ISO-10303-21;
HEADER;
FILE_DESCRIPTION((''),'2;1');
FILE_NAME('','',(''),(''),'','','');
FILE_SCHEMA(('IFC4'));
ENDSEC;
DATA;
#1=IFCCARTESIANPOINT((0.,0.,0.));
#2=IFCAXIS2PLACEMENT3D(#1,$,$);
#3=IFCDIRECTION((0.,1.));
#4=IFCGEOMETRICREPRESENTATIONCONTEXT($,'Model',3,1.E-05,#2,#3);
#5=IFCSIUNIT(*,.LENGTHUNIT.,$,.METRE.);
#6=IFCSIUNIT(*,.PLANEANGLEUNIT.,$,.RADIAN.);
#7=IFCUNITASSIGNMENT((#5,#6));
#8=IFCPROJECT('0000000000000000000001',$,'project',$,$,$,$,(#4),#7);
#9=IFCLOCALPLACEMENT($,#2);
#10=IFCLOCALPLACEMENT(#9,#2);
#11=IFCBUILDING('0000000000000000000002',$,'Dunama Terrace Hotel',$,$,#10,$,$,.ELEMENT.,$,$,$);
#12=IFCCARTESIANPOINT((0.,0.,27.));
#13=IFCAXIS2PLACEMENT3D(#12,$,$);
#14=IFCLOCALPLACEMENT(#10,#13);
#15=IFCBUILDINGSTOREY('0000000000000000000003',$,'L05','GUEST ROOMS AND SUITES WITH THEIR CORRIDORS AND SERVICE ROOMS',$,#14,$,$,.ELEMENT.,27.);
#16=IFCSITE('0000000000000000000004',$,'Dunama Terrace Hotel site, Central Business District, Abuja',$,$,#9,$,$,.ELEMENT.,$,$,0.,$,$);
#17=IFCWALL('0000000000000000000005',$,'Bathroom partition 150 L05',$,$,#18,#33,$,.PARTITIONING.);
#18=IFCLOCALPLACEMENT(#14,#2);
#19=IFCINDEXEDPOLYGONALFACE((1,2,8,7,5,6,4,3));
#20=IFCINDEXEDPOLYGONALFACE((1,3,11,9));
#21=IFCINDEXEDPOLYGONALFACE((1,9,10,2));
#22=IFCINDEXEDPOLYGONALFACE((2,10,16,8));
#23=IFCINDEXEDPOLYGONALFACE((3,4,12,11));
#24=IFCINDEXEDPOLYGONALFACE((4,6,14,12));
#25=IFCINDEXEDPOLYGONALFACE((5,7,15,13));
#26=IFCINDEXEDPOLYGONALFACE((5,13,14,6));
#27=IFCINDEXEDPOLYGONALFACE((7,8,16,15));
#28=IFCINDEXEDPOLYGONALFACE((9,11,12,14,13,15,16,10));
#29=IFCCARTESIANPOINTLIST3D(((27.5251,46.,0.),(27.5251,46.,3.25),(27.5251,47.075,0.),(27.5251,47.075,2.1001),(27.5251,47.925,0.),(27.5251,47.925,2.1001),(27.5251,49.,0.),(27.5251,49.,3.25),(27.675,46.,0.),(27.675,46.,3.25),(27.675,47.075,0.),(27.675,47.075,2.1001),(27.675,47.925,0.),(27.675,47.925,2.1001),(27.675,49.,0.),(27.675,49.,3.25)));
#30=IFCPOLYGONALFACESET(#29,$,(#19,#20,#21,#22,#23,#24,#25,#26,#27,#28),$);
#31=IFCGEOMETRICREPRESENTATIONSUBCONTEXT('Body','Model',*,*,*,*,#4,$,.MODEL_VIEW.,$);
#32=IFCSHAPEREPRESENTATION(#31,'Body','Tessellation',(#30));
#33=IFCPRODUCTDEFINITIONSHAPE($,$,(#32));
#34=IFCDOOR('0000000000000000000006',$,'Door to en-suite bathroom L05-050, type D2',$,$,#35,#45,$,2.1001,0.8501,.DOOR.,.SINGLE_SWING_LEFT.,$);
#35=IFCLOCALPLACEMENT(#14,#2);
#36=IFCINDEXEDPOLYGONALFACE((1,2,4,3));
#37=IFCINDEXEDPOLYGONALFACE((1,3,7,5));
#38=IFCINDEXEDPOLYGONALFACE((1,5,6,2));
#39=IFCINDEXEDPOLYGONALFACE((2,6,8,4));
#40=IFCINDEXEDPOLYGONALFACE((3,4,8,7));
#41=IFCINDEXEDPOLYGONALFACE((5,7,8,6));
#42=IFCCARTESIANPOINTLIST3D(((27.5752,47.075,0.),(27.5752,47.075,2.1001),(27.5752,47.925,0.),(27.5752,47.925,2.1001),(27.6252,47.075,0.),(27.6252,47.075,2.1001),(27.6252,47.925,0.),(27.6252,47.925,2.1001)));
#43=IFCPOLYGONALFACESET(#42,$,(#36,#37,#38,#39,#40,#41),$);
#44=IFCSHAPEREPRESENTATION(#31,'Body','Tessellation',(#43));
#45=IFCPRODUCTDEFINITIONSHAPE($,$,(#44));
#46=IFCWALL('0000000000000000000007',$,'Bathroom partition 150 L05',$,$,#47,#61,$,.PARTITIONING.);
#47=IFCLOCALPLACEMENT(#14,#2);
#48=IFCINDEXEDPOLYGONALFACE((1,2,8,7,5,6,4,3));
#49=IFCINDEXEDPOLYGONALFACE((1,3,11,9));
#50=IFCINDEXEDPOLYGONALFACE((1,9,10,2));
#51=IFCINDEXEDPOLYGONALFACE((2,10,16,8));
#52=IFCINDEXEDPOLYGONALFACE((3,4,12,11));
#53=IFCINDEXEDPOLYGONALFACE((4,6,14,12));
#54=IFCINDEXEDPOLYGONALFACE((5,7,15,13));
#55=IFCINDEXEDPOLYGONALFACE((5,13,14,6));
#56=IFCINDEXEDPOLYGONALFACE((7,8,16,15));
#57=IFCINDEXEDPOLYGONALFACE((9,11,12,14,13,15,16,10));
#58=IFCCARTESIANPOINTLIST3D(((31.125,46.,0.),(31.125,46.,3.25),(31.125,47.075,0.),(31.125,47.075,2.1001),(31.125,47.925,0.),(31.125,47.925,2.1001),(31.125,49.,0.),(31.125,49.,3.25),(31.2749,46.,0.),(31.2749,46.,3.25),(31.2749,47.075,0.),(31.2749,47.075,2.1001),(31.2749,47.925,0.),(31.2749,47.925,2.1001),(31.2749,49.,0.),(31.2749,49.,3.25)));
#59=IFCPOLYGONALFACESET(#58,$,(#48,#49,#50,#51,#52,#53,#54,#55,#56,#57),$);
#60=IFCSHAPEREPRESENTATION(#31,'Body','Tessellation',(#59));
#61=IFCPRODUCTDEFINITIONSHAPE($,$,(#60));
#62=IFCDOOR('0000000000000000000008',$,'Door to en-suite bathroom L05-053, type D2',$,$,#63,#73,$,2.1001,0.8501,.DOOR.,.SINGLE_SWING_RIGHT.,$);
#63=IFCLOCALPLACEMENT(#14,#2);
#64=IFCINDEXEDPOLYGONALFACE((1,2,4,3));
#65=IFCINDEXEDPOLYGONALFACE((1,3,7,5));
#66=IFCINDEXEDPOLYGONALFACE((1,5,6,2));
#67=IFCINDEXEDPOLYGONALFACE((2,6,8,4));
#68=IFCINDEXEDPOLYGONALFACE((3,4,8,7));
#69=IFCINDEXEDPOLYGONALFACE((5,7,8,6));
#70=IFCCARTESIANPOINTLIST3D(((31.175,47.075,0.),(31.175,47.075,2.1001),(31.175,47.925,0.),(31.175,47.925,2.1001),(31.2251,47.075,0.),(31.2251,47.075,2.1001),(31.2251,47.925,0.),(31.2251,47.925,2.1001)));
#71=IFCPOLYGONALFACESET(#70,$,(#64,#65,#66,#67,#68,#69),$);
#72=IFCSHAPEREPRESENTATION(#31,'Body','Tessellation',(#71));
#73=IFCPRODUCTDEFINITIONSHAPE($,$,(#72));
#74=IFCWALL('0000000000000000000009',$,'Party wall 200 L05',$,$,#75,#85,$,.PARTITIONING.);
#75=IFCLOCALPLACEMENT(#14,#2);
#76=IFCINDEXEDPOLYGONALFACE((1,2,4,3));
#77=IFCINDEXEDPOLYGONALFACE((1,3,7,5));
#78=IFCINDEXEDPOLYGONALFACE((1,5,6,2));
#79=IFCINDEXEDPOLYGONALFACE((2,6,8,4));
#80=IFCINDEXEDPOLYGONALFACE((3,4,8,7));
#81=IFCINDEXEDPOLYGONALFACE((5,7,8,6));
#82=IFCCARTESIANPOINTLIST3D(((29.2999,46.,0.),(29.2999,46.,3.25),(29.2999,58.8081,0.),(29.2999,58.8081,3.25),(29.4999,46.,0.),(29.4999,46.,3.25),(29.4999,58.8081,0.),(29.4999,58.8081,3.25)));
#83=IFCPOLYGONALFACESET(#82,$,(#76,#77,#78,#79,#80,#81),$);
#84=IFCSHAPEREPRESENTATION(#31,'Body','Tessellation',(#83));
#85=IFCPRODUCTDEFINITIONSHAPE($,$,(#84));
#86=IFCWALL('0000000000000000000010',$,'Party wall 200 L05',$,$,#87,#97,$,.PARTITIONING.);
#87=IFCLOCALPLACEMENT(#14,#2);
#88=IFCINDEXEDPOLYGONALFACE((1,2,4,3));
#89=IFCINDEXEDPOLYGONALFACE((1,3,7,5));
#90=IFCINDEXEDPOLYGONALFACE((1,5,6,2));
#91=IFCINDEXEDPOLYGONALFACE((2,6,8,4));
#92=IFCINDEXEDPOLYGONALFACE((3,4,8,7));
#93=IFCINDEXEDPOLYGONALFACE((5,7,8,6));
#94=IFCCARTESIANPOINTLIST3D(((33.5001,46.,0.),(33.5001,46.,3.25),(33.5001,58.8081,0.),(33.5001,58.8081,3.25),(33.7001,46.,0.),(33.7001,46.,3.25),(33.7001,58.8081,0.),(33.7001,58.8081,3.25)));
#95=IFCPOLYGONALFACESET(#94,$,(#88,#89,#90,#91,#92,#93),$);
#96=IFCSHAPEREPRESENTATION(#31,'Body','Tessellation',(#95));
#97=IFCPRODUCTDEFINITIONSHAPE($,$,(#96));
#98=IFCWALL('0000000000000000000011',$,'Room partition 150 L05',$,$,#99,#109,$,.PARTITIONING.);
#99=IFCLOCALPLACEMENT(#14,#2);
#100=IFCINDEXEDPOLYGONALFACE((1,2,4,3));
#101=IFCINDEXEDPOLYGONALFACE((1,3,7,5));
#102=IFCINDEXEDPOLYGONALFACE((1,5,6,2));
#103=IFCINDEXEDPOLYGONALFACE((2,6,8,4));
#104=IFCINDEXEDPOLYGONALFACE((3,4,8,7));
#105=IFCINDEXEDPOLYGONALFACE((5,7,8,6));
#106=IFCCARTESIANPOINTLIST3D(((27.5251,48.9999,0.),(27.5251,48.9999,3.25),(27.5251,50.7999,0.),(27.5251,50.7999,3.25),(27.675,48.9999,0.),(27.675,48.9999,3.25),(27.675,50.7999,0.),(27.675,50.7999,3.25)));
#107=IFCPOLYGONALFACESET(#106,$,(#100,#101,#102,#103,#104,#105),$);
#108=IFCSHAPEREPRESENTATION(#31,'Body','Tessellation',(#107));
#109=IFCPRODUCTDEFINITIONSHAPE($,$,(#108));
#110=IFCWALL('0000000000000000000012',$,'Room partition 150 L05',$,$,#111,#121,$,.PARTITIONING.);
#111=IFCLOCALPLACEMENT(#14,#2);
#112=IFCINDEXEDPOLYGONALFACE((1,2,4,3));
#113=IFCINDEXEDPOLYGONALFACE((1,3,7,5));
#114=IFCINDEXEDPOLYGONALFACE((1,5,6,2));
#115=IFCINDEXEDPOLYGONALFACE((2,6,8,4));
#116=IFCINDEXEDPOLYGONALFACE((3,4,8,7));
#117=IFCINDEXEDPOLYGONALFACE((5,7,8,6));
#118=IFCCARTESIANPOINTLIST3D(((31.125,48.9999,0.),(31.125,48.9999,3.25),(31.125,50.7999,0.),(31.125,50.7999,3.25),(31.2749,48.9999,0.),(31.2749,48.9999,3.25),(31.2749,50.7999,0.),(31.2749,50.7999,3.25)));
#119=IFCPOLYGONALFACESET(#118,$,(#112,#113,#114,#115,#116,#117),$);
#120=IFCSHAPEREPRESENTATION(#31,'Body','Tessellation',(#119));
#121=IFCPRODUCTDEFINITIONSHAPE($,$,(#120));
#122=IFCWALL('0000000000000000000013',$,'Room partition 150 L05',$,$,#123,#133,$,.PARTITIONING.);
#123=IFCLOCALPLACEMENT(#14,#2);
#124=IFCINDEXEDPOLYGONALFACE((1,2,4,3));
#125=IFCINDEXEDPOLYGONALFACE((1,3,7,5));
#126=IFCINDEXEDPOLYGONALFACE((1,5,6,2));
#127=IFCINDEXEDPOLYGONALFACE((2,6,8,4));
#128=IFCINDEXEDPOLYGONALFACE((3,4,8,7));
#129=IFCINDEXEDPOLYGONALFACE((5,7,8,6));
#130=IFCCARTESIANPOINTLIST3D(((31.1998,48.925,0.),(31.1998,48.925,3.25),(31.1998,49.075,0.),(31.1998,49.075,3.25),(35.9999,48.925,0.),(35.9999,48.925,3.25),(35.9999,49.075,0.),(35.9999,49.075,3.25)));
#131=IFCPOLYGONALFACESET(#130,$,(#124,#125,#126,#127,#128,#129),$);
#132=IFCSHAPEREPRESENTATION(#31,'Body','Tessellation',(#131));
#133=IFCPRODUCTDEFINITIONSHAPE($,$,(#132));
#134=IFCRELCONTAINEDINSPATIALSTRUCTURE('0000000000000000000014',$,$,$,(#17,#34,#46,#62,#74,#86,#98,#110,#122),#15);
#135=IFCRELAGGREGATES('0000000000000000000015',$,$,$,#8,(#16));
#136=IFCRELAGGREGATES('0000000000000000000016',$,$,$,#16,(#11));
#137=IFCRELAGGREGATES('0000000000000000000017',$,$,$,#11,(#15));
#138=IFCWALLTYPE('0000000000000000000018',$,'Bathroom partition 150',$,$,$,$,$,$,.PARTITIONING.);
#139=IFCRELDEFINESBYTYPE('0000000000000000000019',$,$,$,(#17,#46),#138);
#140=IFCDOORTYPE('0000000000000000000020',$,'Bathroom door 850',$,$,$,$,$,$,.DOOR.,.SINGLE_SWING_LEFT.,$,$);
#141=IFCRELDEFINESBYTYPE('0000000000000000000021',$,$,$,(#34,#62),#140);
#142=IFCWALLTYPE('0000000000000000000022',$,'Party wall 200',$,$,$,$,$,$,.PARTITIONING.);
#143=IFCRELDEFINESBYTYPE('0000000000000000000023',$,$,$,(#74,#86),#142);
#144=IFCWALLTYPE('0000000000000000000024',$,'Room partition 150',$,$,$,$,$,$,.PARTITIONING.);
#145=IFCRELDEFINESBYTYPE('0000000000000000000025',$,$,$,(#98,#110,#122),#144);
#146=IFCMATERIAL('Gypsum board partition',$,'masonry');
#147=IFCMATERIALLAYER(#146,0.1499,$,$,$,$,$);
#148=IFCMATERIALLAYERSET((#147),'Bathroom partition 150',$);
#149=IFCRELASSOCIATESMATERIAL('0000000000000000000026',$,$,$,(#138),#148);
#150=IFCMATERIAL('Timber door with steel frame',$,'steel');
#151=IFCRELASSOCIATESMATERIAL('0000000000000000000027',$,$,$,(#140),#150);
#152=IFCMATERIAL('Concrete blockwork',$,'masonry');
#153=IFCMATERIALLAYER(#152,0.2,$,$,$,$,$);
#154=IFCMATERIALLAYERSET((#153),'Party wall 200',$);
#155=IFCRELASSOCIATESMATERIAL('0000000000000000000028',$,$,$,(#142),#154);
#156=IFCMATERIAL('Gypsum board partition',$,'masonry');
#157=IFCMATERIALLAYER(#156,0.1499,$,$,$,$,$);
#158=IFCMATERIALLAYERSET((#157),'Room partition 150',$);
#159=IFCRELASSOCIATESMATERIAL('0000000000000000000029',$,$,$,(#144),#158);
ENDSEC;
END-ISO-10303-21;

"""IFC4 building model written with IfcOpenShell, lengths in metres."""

from ifc_helpers import new_model, si_unit, direction, frame, frame_2d, origin, place, context, subcontext, project, spatial, rectangle, extrude, material, layer, layer_set, type_object, element, fill, save


model = new_model("IFC4")

# Units and contexts
model_context = context("Model", 3, precision=1e-05, world=origin(), true_north=direction((0.0, 1.0)))
body_context = subcontext(model_context, "Body", "Model", "MODEL_VIEW")
ifc_project = project(units=[si_unit("LENGTHUNIT", "METRE"), si_unit("PLANEANGLEUNIT", "RADIAN")], contexts=[model_context])

# Site, building, storey
site_placement = place(None, origin())
site = spatial("IfcSite", under=ifc_project, at=site_placement, Name="Dunama Terrace Hotel site, Central Business District, Abuja", CompositionType="ELEMENT", RefElevation=0.0)
building_placement = place(site_placement, origin())
building = spatial("IfcBuilding", under=site, at=building_placement, Name="Dunama Terrace Hotel", CompositionType="ELEMENT")
storey_placement = place(building_placement, frame((0.0, 0.0, 27.0)))
storey = spatial("IfcBuildingStorey", under=building, at=storey_placement, Name="L05", Description="GUEST ROOMS AND SUITES WITH THEIR CORRIDORS AND SERVICE ROOMS", CompositionType="ELEMENT", Elevation=27.0)

# Walls, openings, doors
ifc_material_1 = material(Name="Gypsum board partition", Category="masonry")
ifc_layer_1 = layer(ifc_material_1, 0.1499)
ifc_layer_set_1 = layer_set([ifc_layer_1], Name="Bathroom partition 150")
wall_type_1 = type_object("IfcWallType", Name="Bathroom partition 150", PredefinedType="PARTITIONING", material=ifc_layer_set_1)
wall_1_placement = place(storey_placement, frame((27.6001, 46.0, 0.0), z_axis=(0.0, 0.0, 1.0), x_axis=(0.0, 1.0, 0.0)))
wall_1 = element("IfcWall", 1, at=wall_1_placement, inside=storey, type_object=wall_type_1, Name="Bathroom partition 150 L05", PredefinedType="PARTITIONING", context=body_context, shape_type="SweptSolid", body=[
    extrude(rectangle(XDim=3.0, YDim=0.1499, at=frame_2d((1.5, 0.0))), origin(), (0.0, 0.0, 1.0), 3.25),
])
opening_1_placement = place(wall_1_placement, frame((1.075, 0.0, 0.0)))
opening_1 = element("IfcOpeningElement", 2, at=opening_1_placement, cuts=wall_1, PredefinedType="OPENING", context=body_context, shape_type="SweptSolid", body=[
    extrude(rectangle(XDim=0.8501, YDim=2.1001, at=frame_2d((0.425, 1.05))), frame((0.0, 0.085, 0.0), z_axis=(0.0, -1.0, 0.0), x_axis=(1.0, 0.0, 0.0)), (0.0, 0.0, 1.0), 0.1699),
])
ifc_material_2 = material(Name="Timber door with steel frame", Category="steel")
door_type = type_object("IfcDoorType", Name="Bathroom door 850", OperationType="SINGLE_SWING_LEFT", PredefinedType="DOOR", material=ifc_material_2)
door_1_placement = place(opening_1_placement, origin())
door_1 = element("IfcDoor", 3, at=door_1_placement, inside=storey, type_object=door_type, Name="Door to en-suite bathroom L05-050, type D2", OperationType="SINGLE_SWING_LEFT", OverallHeight=2.1001, OverallWidth=0.8501, PredefinedType="DOOR", context=body_context, shape_type="SweptSolid", body=[
    extrude(rectangle(XDim=0.8501, YDim=2.1001, at=frame_2d((0.425, 1.05))), frame((0.0, 0.0249, 0.0), z_axis=(0.0, -1.0, 0.0), x_axis=(1.0, 0.0, 0.0)), (0.0, 0.0, 1.0), 0.05),
])
fill(opening_1, door_1)
wall_2_placement = place(storey_placement, frame((31.2, 46.0, 0.0), z_axis=(0.0, 0.0, 1.0), x_axis=(0.0, 1.0, 0.0)))
wall_2 = element("IfcWall", 4, at=wall_2_placement, inside=storey, type_object=wall_type_1, Name="Bathroom partition 150 L05", PredefinedType="PARTITIONING", context=body_context, shape_type="SweptSolid", body=[
    extrude(rectangle(XDim=3.0, YDim=0.1499, at=frame_2d((1.5, 0.0))), origin(), (0.0, 0.0, 1.0), 3.25),
])
opening_2_placement = place(wall_2_placement, frame((1.075, 0.0, 0.0)))
opening_2 = element("IfcOpeningElement", 5, at=opening_2_placement, cuts=wall_2, PredefinedType="OPENING", context=body_context, shape_type="SweptSolid", body=[
    extrude(rectangle(XDim=0.8501, YDim=2.1001, at=frame_2d((0.425, 1.05))), frame((0.0, 0.085, 0.0), z_axis=(0.0, -1.0, 0.0), x_axis=(1.0, 0.0, 0.0)), (0.0, 0.0, 1.0), 0.1699),
])
door_2_placement = place(opening_2_placement, frame((0.8501, 0.0, 0.0), z_axis=(0.0, 0.0, 1.0), x_axis=(-1.0, 0.0, 0.0)))
door_2 = element("IfcDoor", 6, at=door_2_placement, inside=storey, type_object=door_type, Name="Door to en-suite bathroom L05-053, type D2", OperationType="SINGLE_SWING_RIGHT", OverallHeight=2.1001, OverallWidth=0.8501, PredefinedType="DOOR", context=body_context, shape_type="SweptSolid", body=[
    extrude(rectangle(XDim=0.8501, YDim=2.1001, at=frame_2d((0.425, 1.05))), frame((0.0, 0.0251, 0.0), z_axis=(0.0, -1.0, 0.0), x_axis=(1.0, 0.0, 0.0)), (0.0, 0.0, 1.0), 0.05),
])
fill(opening_2, door_2)

# Walls
ifc_material_3 = material(Name="Concrete blockwork", Category="masonry")
ifc_layer_2 = layer(ifc_material_3, 0.2)
ifc_layer_set_2 = layer_set([ifc_layer_2], Name="Party wall 200")
wall_type_2 = type_object("IfcWallType", Name="Party wall 200", PredefinedType="PARTITIONING", material=ifc_layer_set_2)
for number, where, z_axis, x_axis, name in (
    (7, (29.3999, 46.0, 0.0), (0.0, 0.0, 1.0), (0.0, 1.0, 0.0), "Party wall 200 L05"),
    (8, (33.6001, 46.0, 0.0), (0.0, 0.0, 1.0), (0.0, 1.0, 0.0), "Party wall 200 L05"),
):
    element("IfcWall", number, at=place(storey_placement, frame(where, z_axis=z_axis, x_axis=x_axis)), inside=storey, type_object=wall_type_2, Name=name, PredefinedType="PARTITIONING", context=body_context, shape_type="SweptSolid", body=[
        extrude(rectangle(XDim=12.8081, YDim=0.2, at=frame_2d((6.4041, 0.0))), origin(), (0.0, 0.0, 1.0), 3.25),
    ])
ifc_material_4 = material(Name="Gypsum board partition", Category="masonry")
ifc_layer_3 = layer(ifc_material_4, 0.1499)
ifc_layer_set_3 = layer_set([ifc_layer_3], Name="Room partition 150")
wall_type_3 = type_object("IfcWallType", Name="Room partition 150", PredefinedType="PARTITIONING", material=ifc_layer_set_3)
for number, where, z_axis, x_axis, name in (
    (9, (27.6001, 49.0, 0.0), (0.0, 0.0, 1.0), (0.0, 1.0, 0.0), "Room partition 150 L05"),
    (10, (31.2, 49.0, 0.0), (0.0, 0.0, 1.0), (0.0, 1.0, 0.0), "Room partition 150 L05"),
):
    element("IfcWall", number, at=place(storey_placement, frame(where, z_axis=z_axis, x_axis=x_axis)), inside=storey, type_object=wall_type_3, Name=name, PredefinedType="PARTITIONING", context=body_context, shape_type="SweptSolid", body=[
        extrude(rectangle(XDim=1.8, YDim=0.1499, at=frame_2d((0.8999, 0.0))), origin(), (0.0, 0.0, 1.0), 3.25),
    ])
wall_3_placement = place(storey_placement, frame((31.2, 49.0, 0.0), z_axis=(0.0, 0.0, 1.0), x_axis=(1.0, 0.0, 0.0)))
element("IfcWall", 11, at=wall_3_placement, inside=storey, type_object=wall_type_3, Name="Room partition 150 L05", PredefinedType="PARTITIONING", context=body_context, shape_type="SweptSolid", body=[
    extrude(rectangle(XDim=4.8, YDim=0.1499, at=frame_2d((2.3999, 0.0))), origin(), (0.0, 0.0, 1.0), 3.25),
])

save(model, "model.ifc")
